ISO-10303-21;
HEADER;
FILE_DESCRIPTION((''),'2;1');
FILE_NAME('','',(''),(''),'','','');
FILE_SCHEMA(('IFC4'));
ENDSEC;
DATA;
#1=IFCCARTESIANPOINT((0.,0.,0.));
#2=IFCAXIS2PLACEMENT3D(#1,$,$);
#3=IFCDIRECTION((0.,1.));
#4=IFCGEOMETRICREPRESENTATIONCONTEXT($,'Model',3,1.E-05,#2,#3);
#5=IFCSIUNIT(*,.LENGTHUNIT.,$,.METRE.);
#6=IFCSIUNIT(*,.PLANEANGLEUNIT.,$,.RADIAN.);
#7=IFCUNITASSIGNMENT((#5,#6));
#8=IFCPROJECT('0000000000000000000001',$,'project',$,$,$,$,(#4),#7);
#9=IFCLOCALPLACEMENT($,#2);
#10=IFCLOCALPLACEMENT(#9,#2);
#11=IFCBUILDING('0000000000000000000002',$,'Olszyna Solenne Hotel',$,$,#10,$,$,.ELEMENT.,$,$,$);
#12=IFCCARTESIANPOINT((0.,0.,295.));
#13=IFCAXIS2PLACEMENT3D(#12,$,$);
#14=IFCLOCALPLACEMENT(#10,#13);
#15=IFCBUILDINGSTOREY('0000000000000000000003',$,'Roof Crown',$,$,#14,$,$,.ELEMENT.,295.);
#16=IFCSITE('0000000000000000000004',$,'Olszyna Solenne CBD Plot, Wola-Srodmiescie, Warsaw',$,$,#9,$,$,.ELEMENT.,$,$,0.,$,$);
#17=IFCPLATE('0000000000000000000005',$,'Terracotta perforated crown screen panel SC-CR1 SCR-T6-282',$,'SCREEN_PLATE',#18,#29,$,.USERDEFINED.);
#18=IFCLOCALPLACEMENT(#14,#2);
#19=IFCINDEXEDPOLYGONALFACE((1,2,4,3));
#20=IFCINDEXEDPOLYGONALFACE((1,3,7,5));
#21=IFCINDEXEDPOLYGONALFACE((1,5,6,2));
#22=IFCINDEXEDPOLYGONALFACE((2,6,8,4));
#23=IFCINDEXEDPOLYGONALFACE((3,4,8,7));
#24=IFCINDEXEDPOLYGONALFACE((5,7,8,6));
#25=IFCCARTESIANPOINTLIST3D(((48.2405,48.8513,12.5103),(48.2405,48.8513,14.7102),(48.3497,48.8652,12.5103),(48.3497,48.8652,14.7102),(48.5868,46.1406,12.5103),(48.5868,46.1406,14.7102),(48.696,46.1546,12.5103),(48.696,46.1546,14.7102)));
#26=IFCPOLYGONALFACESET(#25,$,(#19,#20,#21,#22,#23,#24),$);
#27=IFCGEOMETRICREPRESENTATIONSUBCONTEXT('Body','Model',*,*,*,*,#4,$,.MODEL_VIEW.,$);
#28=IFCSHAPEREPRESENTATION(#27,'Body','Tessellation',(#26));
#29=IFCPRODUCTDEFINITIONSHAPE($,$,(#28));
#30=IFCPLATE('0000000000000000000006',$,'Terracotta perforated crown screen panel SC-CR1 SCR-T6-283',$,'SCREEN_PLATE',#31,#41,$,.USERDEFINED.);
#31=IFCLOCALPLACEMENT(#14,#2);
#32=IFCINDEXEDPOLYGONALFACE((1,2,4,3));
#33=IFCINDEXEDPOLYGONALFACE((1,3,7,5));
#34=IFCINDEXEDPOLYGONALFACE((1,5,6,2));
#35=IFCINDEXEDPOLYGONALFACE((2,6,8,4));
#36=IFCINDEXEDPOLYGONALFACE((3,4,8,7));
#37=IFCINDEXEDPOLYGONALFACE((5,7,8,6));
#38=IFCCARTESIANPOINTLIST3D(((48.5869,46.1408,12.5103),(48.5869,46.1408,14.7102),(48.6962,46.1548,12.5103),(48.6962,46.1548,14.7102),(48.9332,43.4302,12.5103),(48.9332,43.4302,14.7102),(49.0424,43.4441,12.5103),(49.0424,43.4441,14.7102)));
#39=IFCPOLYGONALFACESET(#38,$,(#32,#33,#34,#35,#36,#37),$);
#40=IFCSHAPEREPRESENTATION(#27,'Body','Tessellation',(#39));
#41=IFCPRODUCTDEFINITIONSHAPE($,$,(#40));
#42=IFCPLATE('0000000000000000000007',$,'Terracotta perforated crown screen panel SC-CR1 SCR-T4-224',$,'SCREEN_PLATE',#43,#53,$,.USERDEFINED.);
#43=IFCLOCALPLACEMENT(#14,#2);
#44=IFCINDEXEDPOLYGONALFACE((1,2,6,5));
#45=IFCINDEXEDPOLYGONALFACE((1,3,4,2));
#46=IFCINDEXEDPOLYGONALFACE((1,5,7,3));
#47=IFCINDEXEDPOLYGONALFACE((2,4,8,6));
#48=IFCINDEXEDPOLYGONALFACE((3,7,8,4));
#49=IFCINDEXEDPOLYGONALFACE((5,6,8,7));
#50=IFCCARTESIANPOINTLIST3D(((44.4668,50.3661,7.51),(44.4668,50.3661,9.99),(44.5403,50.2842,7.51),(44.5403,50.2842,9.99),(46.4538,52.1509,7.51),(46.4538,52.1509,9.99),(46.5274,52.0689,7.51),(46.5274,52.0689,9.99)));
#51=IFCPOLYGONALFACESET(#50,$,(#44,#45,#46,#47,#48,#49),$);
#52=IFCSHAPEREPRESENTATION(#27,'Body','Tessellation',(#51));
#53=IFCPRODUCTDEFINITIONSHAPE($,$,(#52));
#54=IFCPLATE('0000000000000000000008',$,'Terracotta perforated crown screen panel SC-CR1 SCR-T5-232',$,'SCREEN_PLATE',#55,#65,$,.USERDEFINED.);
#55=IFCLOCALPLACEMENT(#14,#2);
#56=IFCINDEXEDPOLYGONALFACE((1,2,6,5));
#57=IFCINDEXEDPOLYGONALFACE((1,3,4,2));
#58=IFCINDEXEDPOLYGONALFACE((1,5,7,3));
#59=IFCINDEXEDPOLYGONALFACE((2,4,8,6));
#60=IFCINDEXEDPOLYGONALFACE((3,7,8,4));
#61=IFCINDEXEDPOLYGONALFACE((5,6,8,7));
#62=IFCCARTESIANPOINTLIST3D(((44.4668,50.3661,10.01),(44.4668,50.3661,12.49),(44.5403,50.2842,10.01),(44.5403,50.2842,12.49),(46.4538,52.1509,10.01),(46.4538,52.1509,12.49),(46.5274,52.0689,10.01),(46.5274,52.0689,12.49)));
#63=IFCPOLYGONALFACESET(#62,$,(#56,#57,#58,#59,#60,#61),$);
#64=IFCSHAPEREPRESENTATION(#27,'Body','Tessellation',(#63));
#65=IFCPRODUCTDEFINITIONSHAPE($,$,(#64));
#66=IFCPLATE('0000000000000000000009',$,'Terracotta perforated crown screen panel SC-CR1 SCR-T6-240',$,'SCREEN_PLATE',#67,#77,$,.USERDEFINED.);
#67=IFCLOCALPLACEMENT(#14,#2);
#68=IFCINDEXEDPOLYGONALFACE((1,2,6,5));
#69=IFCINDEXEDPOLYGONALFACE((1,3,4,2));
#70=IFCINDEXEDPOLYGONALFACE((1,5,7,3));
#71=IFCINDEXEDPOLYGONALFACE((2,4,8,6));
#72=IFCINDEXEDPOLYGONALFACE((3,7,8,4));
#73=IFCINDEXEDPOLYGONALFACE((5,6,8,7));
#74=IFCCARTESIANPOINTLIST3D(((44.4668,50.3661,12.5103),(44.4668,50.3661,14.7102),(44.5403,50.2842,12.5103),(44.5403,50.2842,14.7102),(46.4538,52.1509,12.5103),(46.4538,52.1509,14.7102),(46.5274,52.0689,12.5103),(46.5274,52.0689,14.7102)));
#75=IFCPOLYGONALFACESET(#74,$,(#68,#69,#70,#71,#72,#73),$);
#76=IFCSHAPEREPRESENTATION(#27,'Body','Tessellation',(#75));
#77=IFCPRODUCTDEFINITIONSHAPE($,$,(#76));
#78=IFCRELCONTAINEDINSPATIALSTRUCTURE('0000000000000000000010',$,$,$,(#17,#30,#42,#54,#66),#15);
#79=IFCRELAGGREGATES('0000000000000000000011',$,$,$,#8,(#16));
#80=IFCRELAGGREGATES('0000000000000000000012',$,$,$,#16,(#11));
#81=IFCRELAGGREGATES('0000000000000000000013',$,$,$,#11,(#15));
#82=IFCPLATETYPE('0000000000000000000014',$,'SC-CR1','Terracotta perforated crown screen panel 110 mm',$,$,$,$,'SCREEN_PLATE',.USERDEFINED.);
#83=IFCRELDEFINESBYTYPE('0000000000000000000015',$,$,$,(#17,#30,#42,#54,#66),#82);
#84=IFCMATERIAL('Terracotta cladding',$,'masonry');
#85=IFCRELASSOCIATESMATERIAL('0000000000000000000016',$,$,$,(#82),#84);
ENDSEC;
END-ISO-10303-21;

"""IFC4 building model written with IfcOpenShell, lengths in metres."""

from ifc_helpers import new_model, si_unit, direction, frame, origin, origin_2d, place, context, subcontext, project, spatial, rectangle, extrude, source, transform, mapped, material, type_object, element, save


model = new_model("IFC4")

# Units and contexts
model_context = context("Model", 3, precision=1e-05, world=origin(), true_north=direction((0.0, 1.0)))
body_context = subcontext(model_context, "Body", "Model", "MODEL_VIEW")
ifc_project = project(units=[si_unit("LENGTHUNIT", "METRE"), si_unit("PLANEANGLEUNIT", "RADIAN")], contexts=[model_context])

# Site, building, storey
site_placement = place(None, origin())
site = spatial("IfcSite", under=ifc_project, at=site_placement, Name="Olszyna Solenne CBD Plot, Wola-Srodmiescie, Warsaw", CompositionType="ELEMENT", RefElevation=0.0)
building_placement = place(site_placement, origin())
building = spatial("IfcBuilding", under=site, at=building_placement, Name="Olszyna Solenne Hotel", CompositionType="ELEMENT")
storey_placement = place(building_placement, frame((0.0, 0.0, 295.0)))
storey = spatial("IfcBuildingStorey", under=building, at=storey_placement, Name="Roof Crown", CompositionType="ELEMENT", Elevation=295.0)

# Plates
ifc_material_1 = material(Name="Terracotta cladding", Category="masonry")
plate_type_1 = type_object("IfcPlateType", Name="SC-CR1", Description="Terracotta perforated crown screen panel 110 mm", ElementType="SCREEN_PLATE", PredefinedType="USERDEFINED", material=ifc_material_1)
shared_shape_1 = source(origin(), body_context, "Body", "SweptSolid", [
    extrude(rectangle(XDim=2.7327, YDim=0.1101, at=origin_2d()), origin(), (0.0, 0.0, 1.0), 2.2),
])
for number, where, z_axis, x_axis, name in (
    (1, (48.4683, 47.5029, 12.5103), (0.0, 0.0, 1.0), (0.126718, -0.991939, 0.0), "Terracotta perforated crown screen panel SC-CR1 SCR-T6-282"),
    (2, (48.8147, 44.7925, 12.5103), (0.0, 0.0, 1.0), (0.126718, -0.991939, 0.0), "Terracotta perforated crown screen panel SC-CR1 SCR-T6-283"),
):
    element("IfcPlate", number, at=place(storey_placement, frame(where, z_axis=z_axis, x_axis=x_axis)), inside=storey, type_object=plate_type_1, Name=name, ObjectType="SCREEN_PLATE", PredefinedType="USERDEFINED", context=body_context, shape_type="MappedRepresentation", body=[
        mapped(shared_shape_1, transform((0.0, 0.0, 0.0), x_axis=(1.0, 0.0, 0.0), y_axis=(0.0, 1.0, 0.0), z_axis=(0.0, 0.0, 1.0), scale=1.0)),
    ])
shared_shape_2 = source(origin(), body_context, "Body", "SweptSolid", [
    extrude(rectangle(XDim=2.6709, YDim=0.1101, at=origin_2d()), origin(), (0.0, 0.0, 1.0), 2.48),
])
for number, where, z_axis, x_axis, name in (
    (3, (45.4971, 51.2175, 7.51), (0.0, 0.0, 1.0), (0.743962, 0.668222, 0.0), "Terracotta perforated crown screen panel SC-CR1 SCR-T4-224"),
    (4, (45.4971, 51.2175, 10.01), (0.0, 0.0, 1.0), (0.743962, 0.668222, 0.0), "Terracotta perforated crown screen panel SC-CR1 SCR-T5-232"),
):
    element("IfcPlate", number, at=place(storey_placement, frame(where, z_axis=z_axis, x_axis=x_axis)), inside=storey, type_object=plate_type_1, Name=name, ObjectType="SCREEN_PLATE", PredefinedType="USERDEFINED", context=body_context, shape_type="MappedRepresentation", body=[
        mapped(shared_shape_2, transform((0.0, 0.0, 0.0), x_axis=(1.0, 0.0, 0.0), y_axis=(0.0, 1.0, 0.0), z_axis=(0.0, 0.0, 1.0), scale=1.0)),
    ])
shared_shape_3 = source(origin(), body_context, "Body", "SweptSolid", [
    extrude(rectangle(XDim=2.6709, YDim=0.1101, at=origin_2d()), origin(), (0.0, 0.0, 1.0), 2.2),
])
plate_placement = place(storey_placement, frame((45.4971, 51.2175, 12.5103), z_axis=(0.0, 0.0, 1.0), x_axis=(0.743962, 0.668222, 0.0)))
element("IfcPlate", 5, at=plate_placement, inside=storey, type_object=plate_type_1, Name="Terracotta perforated crown screen panel SC-CR1 SCR-T6-240", ObjectType="SCREEN_PLATE", PredefinedType="USERDEFINED", context=body_context, shape_type="MappedRepresentation", body=[
    mapped(shared_shape_3, transform((0.0, 0.0, 0.0), x_axis=(1.0, 0.0, 0.0), y_axis=(0.0, 1.0, 0.0), z_axis=(0.0, 0.0, 1.0), scale=1.0)),
])

save(model, "model.ifc")
